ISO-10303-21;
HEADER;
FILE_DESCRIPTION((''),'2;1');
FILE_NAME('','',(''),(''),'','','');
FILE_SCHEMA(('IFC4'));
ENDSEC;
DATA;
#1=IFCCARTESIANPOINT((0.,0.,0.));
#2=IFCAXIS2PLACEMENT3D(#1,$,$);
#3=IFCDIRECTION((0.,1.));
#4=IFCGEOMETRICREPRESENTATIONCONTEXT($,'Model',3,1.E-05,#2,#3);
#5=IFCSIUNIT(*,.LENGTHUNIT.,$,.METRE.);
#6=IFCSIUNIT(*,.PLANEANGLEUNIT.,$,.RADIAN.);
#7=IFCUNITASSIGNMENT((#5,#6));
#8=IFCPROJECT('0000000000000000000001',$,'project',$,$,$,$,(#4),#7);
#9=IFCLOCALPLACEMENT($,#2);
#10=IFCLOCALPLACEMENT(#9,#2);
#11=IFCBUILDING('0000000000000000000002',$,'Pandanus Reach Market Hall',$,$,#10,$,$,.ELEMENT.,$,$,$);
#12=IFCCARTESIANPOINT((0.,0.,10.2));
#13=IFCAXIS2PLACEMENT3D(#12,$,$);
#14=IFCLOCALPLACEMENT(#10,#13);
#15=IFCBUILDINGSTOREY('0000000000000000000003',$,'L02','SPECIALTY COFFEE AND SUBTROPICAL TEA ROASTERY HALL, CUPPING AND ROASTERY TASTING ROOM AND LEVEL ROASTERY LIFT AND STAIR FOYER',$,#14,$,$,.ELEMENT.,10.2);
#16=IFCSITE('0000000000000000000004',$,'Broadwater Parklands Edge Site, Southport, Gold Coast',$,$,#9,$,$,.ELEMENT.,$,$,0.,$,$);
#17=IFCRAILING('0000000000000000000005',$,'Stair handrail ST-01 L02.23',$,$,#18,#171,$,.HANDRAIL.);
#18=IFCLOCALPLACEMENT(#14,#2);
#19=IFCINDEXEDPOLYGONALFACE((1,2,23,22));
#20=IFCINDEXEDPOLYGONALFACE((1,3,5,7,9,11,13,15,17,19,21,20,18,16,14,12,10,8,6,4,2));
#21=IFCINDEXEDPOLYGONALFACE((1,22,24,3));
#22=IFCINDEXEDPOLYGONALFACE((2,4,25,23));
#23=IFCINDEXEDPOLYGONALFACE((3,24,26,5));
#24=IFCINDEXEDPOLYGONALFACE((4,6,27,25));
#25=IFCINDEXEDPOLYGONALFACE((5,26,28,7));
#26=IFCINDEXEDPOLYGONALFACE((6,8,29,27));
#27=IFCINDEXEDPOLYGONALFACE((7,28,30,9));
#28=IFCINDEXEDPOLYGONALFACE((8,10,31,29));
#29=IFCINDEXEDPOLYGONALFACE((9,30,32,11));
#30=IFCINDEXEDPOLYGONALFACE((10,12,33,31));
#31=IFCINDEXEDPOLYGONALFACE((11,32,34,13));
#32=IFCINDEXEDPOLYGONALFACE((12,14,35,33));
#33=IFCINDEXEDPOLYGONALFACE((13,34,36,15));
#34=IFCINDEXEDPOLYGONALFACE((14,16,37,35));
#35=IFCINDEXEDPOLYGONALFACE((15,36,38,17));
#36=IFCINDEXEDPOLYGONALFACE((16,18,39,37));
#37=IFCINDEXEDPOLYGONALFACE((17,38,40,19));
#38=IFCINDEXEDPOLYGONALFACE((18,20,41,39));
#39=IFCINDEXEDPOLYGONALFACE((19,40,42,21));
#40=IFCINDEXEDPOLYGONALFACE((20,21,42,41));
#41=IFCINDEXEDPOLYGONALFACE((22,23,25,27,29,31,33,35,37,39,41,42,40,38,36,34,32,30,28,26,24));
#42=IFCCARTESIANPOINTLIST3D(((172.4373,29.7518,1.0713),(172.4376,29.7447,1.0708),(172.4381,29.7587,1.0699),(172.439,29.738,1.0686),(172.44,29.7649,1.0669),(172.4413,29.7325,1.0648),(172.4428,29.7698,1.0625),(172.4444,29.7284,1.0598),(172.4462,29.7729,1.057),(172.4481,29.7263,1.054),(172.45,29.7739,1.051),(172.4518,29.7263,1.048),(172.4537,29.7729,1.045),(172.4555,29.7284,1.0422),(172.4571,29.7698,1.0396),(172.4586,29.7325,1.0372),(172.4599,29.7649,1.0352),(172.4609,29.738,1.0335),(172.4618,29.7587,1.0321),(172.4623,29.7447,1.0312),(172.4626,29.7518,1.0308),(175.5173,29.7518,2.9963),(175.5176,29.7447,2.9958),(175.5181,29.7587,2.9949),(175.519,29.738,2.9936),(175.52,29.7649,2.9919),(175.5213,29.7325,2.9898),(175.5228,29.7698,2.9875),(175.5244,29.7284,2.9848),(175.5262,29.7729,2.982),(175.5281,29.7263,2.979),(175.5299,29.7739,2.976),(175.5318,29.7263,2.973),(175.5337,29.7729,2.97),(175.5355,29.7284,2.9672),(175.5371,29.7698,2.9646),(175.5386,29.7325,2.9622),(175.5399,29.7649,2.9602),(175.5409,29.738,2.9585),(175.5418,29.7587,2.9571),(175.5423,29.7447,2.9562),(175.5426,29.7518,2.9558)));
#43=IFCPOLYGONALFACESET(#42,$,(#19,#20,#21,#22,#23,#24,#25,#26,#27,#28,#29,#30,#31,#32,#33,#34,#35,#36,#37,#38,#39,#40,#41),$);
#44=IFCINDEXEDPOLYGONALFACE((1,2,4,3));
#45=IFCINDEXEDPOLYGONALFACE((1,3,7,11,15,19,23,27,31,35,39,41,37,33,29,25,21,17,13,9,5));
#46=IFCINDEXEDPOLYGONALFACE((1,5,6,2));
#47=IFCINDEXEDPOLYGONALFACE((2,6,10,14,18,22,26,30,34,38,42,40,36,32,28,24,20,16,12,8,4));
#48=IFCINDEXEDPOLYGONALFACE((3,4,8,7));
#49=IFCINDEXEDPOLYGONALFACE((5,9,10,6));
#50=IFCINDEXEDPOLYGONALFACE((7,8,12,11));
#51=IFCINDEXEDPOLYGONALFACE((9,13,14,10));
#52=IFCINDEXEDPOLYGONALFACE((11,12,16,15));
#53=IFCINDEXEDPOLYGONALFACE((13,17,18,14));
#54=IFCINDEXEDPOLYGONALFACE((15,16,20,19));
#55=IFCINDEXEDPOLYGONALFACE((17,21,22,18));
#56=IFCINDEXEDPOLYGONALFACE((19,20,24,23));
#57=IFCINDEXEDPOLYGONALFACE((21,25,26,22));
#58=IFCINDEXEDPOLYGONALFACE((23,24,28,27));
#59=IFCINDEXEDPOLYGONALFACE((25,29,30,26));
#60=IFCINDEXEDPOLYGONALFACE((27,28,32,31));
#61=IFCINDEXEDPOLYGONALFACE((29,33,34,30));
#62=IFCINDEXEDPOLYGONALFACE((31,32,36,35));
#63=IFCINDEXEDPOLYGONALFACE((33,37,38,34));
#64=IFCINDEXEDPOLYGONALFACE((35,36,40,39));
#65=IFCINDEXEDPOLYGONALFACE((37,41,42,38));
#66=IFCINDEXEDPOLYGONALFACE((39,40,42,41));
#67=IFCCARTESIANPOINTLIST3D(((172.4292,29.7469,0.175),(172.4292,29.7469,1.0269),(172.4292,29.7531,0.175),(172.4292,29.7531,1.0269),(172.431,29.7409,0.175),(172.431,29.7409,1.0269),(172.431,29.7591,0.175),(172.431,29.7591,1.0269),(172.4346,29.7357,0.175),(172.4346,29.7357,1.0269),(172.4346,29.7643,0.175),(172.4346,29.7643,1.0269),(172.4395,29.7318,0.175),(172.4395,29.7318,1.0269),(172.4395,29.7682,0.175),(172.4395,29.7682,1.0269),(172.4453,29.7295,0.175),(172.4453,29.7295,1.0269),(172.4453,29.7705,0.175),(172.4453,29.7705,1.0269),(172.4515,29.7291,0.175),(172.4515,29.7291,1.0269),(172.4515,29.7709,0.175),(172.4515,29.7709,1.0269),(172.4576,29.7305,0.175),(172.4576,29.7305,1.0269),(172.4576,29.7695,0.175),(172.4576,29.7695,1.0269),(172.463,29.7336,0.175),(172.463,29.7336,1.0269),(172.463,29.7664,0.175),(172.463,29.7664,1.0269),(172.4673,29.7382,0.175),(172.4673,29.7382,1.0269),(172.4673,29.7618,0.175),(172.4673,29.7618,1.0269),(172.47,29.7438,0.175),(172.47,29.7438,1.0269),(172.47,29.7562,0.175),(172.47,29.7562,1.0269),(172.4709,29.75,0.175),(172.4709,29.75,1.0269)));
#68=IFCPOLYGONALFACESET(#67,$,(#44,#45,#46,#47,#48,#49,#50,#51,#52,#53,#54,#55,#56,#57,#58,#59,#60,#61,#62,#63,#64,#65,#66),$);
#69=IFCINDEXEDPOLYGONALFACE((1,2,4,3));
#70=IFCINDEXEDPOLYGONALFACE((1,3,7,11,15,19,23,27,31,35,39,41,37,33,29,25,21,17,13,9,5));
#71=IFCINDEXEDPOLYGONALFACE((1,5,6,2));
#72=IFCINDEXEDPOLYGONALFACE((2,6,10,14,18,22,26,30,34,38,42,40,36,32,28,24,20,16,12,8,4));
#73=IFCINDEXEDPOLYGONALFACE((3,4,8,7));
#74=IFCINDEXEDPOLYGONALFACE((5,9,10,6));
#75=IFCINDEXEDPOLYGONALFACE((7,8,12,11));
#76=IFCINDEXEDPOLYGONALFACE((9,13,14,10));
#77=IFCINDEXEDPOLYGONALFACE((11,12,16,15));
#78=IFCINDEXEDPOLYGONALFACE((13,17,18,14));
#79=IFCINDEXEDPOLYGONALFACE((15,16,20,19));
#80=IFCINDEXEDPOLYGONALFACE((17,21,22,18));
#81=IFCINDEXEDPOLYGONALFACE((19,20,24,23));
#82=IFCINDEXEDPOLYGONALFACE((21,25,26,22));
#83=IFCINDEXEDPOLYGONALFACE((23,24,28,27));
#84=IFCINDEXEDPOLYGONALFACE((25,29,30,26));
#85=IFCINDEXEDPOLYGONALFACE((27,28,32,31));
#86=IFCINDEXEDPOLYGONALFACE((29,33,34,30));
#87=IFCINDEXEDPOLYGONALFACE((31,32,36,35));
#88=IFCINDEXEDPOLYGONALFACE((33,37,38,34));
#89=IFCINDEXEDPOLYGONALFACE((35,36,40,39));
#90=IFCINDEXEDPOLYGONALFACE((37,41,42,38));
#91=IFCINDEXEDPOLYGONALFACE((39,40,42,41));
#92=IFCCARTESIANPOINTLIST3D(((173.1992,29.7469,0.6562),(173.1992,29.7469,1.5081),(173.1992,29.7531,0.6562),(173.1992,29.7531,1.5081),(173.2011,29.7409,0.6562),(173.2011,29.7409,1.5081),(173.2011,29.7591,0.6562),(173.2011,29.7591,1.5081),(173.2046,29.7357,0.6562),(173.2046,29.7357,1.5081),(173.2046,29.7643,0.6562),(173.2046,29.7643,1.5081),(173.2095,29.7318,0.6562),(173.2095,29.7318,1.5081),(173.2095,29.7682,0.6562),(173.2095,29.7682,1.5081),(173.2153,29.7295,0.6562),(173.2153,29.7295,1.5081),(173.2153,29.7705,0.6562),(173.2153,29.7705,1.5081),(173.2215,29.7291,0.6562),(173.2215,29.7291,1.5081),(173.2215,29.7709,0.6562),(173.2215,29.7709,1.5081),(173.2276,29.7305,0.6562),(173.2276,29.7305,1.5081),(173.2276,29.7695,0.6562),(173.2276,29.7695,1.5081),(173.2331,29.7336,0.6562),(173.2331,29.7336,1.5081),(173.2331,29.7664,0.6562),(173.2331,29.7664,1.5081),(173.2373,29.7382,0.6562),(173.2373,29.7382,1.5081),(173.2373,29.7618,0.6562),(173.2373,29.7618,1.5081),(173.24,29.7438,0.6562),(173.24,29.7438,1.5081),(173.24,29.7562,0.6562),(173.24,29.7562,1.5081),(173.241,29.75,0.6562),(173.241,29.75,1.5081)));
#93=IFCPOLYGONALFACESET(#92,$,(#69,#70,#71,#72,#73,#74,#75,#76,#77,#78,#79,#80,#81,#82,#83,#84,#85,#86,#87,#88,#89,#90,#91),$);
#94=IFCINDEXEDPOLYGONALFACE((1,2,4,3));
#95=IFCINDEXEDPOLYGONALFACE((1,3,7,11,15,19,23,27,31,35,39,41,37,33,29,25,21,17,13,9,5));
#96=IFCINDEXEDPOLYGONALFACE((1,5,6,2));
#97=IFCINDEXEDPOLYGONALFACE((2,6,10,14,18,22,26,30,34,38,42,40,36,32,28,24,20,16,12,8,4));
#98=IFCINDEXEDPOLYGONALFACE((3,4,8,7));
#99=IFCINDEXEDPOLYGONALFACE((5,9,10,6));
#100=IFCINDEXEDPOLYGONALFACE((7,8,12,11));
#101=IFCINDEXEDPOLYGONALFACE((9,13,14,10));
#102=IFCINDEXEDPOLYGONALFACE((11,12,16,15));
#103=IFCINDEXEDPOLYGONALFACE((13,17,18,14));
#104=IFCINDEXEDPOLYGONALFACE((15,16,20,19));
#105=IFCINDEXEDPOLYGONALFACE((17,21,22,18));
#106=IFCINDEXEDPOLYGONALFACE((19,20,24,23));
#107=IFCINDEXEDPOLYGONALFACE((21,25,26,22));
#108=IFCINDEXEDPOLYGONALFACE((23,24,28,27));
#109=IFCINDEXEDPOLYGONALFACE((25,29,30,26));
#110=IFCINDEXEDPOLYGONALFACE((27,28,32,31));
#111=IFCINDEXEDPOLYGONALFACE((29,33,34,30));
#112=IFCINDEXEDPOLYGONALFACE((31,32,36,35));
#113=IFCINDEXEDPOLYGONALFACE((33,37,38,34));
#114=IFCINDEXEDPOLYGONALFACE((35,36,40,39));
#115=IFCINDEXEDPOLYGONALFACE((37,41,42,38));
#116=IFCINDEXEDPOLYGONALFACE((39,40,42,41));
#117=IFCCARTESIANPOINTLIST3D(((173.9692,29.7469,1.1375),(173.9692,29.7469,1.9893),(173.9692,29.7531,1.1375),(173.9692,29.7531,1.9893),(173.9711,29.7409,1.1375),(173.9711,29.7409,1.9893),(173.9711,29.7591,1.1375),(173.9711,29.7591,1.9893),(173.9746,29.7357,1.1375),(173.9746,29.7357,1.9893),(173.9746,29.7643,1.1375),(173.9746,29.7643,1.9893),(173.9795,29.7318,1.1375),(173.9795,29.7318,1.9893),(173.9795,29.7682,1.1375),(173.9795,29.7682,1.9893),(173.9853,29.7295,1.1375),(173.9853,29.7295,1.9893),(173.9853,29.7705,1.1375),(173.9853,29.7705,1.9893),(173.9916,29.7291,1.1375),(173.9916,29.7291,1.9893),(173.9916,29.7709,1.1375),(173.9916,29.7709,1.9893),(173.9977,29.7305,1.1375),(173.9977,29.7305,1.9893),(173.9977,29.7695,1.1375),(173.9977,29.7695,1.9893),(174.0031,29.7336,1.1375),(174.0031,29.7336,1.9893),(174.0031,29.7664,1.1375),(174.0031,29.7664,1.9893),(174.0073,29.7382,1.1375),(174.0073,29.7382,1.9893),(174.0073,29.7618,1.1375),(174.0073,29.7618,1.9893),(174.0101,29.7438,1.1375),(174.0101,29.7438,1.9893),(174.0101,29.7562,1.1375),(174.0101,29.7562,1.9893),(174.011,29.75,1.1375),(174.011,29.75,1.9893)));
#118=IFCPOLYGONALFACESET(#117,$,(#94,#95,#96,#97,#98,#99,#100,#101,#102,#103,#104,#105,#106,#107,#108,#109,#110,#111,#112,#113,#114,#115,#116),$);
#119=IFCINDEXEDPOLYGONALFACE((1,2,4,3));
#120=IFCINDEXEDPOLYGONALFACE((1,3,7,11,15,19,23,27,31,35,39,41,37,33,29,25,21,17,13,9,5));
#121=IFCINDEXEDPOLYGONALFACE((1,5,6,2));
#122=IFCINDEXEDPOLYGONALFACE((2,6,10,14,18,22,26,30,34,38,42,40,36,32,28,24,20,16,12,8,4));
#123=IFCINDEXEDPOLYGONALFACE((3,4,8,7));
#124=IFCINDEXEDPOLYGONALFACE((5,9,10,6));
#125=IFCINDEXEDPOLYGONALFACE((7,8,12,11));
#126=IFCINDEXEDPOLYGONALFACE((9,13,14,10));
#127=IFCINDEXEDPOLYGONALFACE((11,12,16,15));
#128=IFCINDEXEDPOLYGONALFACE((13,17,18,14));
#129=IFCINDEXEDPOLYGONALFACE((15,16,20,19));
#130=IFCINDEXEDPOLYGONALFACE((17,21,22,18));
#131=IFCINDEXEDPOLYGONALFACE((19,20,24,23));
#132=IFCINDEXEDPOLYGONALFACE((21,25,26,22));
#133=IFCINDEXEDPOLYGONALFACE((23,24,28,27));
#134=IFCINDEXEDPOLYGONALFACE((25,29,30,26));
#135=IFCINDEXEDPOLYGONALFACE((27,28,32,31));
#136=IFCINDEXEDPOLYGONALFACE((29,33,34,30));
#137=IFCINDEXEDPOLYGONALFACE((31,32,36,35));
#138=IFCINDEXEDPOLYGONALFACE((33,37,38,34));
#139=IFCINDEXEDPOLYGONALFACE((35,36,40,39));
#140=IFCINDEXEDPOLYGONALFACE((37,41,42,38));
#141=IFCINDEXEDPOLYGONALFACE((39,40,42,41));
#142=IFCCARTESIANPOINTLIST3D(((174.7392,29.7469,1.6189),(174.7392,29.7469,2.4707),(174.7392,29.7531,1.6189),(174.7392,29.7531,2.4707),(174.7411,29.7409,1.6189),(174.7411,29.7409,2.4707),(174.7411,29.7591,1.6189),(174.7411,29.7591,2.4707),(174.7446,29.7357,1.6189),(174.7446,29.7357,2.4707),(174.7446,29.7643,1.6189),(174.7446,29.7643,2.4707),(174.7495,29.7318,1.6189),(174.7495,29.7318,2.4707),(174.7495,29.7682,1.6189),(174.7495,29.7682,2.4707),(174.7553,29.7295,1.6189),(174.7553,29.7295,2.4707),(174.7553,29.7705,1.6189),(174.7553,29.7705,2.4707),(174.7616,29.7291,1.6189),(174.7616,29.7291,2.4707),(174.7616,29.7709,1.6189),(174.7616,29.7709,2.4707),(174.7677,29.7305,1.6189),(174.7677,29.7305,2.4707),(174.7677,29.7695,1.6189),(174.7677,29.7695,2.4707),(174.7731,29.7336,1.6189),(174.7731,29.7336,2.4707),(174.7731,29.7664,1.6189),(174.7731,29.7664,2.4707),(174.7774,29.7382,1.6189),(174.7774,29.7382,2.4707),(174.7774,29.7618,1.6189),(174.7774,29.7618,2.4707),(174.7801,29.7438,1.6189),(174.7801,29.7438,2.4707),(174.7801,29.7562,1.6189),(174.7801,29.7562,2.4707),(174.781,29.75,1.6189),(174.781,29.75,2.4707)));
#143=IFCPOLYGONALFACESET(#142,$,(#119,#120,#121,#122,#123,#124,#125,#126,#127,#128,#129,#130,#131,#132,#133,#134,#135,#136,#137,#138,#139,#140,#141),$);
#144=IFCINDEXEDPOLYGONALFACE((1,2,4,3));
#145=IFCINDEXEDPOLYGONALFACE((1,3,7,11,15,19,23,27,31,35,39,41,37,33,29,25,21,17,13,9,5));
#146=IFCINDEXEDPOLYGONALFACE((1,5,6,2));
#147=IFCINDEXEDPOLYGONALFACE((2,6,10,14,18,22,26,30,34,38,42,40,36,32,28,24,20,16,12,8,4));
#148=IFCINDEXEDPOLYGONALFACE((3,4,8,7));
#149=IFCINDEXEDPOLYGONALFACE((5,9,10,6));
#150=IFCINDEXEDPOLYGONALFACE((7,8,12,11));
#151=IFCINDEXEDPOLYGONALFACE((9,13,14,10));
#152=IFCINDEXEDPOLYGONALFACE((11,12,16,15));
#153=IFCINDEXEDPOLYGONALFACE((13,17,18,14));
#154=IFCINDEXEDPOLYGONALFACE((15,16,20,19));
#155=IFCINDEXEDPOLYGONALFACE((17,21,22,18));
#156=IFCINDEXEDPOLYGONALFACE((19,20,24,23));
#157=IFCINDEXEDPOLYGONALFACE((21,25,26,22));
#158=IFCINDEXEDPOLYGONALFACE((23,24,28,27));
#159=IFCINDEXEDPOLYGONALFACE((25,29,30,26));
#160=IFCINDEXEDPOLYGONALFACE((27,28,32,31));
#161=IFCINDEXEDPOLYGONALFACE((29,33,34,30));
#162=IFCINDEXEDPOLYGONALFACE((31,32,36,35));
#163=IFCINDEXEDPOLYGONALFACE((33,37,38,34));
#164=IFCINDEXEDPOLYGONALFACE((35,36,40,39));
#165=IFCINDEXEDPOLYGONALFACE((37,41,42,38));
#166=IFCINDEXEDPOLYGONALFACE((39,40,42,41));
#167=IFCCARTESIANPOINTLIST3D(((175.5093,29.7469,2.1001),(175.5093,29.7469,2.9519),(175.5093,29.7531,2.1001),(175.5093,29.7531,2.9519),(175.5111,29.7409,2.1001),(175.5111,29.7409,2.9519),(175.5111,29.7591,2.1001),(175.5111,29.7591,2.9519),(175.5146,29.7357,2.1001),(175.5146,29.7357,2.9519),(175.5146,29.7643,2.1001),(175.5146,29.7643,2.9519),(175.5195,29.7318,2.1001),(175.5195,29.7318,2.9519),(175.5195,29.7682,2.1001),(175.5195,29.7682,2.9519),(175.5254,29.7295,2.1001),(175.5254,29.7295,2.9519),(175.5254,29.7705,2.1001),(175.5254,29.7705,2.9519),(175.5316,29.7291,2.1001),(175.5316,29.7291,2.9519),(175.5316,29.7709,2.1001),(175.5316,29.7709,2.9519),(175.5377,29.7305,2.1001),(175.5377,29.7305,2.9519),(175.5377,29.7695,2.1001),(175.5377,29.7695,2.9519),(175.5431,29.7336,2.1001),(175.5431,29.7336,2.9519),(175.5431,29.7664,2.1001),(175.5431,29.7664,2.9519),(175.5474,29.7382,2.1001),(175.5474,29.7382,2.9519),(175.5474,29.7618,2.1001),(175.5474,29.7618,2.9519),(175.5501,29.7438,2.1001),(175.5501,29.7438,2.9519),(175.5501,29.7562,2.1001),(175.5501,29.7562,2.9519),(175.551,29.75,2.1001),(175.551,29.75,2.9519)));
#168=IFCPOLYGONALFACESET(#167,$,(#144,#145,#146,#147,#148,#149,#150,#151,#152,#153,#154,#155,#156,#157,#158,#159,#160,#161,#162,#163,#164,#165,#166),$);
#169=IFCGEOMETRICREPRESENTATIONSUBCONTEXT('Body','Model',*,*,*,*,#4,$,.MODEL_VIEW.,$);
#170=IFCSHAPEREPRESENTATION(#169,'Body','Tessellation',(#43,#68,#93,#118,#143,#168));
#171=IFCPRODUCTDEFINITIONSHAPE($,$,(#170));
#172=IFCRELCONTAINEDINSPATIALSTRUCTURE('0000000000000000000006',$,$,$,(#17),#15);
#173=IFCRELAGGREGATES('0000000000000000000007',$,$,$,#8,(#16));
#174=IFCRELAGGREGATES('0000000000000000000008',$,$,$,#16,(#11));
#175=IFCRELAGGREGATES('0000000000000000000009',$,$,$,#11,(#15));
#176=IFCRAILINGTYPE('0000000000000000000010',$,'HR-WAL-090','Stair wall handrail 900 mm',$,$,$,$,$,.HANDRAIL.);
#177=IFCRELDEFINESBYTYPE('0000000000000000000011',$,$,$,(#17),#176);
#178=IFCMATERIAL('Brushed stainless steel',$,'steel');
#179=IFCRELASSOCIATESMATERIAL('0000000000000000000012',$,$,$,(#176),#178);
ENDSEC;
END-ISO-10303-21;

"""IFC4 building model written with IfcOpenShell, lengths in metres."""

from ifc_helpers import new_model, si_unit, direction, frame, origin, origin_2d, place, context, subcontext, project, spatial, circle, extrude, material, type_object, element, save


model = new_model("IFC4")

# Units and contexts
model_context = context("Model", 3, precision=1e-05, world=origin(), true_north=direction((0.0, 1.0)))
body_context = subcontext(model_context, "Body", "Model", "MODEL_VIEW")
ifc_project = project(units=[si_unit("LENGTHUNIT", "METRE"), si_unit("PLANEANGLEUNIT", "RADIAN")], contexts=[model_context])

# Site, building, storey
site_placement = place(None, origin())
site = spatial("IfcSite", under=ifc_project, at=site_placement, Name="Broadwater Parklands Edge Site, Southport, Gold Coast", CompositionType="ELEMENT", RefElevation=0.0)
building_placement = place(site_placement, origin())
building = spatial("IfcBuilding", under=site, at=building_placement, Name="Pandanus Reach Market Hall", CompositionType="ELEMENT")
storey_placement = place(building_placement, frame((0.0, 0.0, 10.2)))
storey = spatial("IfcBuildingStorey", under=building, at=storey_placement, Name="L02", Description="SPECIALTY COFFEE AND SUBTROPICAL TEA ROASTERY HALL, CUPPING AND ROASTERY TASTING ROOM AND LEVEL ROASTERY LIFT AND STAIR FOYER", CompositionType="ELEMENT", Elevation=10.2)

# Railing
ifc_material_1 = material(Name="Brushed stainless steel", Category="steel")
railing_type_1 = type_object("IfcRailingType", Name="HR-WAL-090", Description="Stair wall handrail 900 mm", PredefinedType="HANDRAIL", material=ifc_material_1)
railing_1_placement = place(storey_placement, frame((172.45, 29.75, 0.175)))
element("IfcRailing", 1, at=railing_1_placement, inside=storey, type_object=railing_type_1, Name="Stair handrail ST-01 L02.23", PredefinedType="HANDRAIL", context=body_context, shape_type="SweptSolid", body=[
    extrude(circle(Radius=0.0239, at=origin_2d()), frame((0.0, 0.0, 0.876), z_axis=(0.847998, 0.0, 0.529999), x_axis=(0.0, 1.0, 0.0)), (0.0, 0.0, 1.0), 3.6321),
    extrude(circle(Radius=0.021, at=origin_2d()), origin(), (0.0, 0.0, 1.0), 0.8518),
    extrude(circle(Radius=0.021, at=origin_2d()), frame((0.77, 0.0, 0.4812)), (0.0, 0.0, 1.0), 0.8518),
    extrude(circle(Radius=0.021, at=origin_2d()), frame((1.54, 0.0, 0.9624)), (0.0, 0.0, 1.0), 0.8518),
    extrude(circle(Radius=0.021, at=origin_2d()), frame((2.3101, 0.0, 1.4438)), (0.0, 0.0, 1.0), 0.8518),
    extrude(circle(Radius=0.021, at=origin_2d()), frame((3.0801, 0.0, 1.925)), (0.0, 0.0, 1.0), 0.8518),
])

save(model, "model.ifc")
